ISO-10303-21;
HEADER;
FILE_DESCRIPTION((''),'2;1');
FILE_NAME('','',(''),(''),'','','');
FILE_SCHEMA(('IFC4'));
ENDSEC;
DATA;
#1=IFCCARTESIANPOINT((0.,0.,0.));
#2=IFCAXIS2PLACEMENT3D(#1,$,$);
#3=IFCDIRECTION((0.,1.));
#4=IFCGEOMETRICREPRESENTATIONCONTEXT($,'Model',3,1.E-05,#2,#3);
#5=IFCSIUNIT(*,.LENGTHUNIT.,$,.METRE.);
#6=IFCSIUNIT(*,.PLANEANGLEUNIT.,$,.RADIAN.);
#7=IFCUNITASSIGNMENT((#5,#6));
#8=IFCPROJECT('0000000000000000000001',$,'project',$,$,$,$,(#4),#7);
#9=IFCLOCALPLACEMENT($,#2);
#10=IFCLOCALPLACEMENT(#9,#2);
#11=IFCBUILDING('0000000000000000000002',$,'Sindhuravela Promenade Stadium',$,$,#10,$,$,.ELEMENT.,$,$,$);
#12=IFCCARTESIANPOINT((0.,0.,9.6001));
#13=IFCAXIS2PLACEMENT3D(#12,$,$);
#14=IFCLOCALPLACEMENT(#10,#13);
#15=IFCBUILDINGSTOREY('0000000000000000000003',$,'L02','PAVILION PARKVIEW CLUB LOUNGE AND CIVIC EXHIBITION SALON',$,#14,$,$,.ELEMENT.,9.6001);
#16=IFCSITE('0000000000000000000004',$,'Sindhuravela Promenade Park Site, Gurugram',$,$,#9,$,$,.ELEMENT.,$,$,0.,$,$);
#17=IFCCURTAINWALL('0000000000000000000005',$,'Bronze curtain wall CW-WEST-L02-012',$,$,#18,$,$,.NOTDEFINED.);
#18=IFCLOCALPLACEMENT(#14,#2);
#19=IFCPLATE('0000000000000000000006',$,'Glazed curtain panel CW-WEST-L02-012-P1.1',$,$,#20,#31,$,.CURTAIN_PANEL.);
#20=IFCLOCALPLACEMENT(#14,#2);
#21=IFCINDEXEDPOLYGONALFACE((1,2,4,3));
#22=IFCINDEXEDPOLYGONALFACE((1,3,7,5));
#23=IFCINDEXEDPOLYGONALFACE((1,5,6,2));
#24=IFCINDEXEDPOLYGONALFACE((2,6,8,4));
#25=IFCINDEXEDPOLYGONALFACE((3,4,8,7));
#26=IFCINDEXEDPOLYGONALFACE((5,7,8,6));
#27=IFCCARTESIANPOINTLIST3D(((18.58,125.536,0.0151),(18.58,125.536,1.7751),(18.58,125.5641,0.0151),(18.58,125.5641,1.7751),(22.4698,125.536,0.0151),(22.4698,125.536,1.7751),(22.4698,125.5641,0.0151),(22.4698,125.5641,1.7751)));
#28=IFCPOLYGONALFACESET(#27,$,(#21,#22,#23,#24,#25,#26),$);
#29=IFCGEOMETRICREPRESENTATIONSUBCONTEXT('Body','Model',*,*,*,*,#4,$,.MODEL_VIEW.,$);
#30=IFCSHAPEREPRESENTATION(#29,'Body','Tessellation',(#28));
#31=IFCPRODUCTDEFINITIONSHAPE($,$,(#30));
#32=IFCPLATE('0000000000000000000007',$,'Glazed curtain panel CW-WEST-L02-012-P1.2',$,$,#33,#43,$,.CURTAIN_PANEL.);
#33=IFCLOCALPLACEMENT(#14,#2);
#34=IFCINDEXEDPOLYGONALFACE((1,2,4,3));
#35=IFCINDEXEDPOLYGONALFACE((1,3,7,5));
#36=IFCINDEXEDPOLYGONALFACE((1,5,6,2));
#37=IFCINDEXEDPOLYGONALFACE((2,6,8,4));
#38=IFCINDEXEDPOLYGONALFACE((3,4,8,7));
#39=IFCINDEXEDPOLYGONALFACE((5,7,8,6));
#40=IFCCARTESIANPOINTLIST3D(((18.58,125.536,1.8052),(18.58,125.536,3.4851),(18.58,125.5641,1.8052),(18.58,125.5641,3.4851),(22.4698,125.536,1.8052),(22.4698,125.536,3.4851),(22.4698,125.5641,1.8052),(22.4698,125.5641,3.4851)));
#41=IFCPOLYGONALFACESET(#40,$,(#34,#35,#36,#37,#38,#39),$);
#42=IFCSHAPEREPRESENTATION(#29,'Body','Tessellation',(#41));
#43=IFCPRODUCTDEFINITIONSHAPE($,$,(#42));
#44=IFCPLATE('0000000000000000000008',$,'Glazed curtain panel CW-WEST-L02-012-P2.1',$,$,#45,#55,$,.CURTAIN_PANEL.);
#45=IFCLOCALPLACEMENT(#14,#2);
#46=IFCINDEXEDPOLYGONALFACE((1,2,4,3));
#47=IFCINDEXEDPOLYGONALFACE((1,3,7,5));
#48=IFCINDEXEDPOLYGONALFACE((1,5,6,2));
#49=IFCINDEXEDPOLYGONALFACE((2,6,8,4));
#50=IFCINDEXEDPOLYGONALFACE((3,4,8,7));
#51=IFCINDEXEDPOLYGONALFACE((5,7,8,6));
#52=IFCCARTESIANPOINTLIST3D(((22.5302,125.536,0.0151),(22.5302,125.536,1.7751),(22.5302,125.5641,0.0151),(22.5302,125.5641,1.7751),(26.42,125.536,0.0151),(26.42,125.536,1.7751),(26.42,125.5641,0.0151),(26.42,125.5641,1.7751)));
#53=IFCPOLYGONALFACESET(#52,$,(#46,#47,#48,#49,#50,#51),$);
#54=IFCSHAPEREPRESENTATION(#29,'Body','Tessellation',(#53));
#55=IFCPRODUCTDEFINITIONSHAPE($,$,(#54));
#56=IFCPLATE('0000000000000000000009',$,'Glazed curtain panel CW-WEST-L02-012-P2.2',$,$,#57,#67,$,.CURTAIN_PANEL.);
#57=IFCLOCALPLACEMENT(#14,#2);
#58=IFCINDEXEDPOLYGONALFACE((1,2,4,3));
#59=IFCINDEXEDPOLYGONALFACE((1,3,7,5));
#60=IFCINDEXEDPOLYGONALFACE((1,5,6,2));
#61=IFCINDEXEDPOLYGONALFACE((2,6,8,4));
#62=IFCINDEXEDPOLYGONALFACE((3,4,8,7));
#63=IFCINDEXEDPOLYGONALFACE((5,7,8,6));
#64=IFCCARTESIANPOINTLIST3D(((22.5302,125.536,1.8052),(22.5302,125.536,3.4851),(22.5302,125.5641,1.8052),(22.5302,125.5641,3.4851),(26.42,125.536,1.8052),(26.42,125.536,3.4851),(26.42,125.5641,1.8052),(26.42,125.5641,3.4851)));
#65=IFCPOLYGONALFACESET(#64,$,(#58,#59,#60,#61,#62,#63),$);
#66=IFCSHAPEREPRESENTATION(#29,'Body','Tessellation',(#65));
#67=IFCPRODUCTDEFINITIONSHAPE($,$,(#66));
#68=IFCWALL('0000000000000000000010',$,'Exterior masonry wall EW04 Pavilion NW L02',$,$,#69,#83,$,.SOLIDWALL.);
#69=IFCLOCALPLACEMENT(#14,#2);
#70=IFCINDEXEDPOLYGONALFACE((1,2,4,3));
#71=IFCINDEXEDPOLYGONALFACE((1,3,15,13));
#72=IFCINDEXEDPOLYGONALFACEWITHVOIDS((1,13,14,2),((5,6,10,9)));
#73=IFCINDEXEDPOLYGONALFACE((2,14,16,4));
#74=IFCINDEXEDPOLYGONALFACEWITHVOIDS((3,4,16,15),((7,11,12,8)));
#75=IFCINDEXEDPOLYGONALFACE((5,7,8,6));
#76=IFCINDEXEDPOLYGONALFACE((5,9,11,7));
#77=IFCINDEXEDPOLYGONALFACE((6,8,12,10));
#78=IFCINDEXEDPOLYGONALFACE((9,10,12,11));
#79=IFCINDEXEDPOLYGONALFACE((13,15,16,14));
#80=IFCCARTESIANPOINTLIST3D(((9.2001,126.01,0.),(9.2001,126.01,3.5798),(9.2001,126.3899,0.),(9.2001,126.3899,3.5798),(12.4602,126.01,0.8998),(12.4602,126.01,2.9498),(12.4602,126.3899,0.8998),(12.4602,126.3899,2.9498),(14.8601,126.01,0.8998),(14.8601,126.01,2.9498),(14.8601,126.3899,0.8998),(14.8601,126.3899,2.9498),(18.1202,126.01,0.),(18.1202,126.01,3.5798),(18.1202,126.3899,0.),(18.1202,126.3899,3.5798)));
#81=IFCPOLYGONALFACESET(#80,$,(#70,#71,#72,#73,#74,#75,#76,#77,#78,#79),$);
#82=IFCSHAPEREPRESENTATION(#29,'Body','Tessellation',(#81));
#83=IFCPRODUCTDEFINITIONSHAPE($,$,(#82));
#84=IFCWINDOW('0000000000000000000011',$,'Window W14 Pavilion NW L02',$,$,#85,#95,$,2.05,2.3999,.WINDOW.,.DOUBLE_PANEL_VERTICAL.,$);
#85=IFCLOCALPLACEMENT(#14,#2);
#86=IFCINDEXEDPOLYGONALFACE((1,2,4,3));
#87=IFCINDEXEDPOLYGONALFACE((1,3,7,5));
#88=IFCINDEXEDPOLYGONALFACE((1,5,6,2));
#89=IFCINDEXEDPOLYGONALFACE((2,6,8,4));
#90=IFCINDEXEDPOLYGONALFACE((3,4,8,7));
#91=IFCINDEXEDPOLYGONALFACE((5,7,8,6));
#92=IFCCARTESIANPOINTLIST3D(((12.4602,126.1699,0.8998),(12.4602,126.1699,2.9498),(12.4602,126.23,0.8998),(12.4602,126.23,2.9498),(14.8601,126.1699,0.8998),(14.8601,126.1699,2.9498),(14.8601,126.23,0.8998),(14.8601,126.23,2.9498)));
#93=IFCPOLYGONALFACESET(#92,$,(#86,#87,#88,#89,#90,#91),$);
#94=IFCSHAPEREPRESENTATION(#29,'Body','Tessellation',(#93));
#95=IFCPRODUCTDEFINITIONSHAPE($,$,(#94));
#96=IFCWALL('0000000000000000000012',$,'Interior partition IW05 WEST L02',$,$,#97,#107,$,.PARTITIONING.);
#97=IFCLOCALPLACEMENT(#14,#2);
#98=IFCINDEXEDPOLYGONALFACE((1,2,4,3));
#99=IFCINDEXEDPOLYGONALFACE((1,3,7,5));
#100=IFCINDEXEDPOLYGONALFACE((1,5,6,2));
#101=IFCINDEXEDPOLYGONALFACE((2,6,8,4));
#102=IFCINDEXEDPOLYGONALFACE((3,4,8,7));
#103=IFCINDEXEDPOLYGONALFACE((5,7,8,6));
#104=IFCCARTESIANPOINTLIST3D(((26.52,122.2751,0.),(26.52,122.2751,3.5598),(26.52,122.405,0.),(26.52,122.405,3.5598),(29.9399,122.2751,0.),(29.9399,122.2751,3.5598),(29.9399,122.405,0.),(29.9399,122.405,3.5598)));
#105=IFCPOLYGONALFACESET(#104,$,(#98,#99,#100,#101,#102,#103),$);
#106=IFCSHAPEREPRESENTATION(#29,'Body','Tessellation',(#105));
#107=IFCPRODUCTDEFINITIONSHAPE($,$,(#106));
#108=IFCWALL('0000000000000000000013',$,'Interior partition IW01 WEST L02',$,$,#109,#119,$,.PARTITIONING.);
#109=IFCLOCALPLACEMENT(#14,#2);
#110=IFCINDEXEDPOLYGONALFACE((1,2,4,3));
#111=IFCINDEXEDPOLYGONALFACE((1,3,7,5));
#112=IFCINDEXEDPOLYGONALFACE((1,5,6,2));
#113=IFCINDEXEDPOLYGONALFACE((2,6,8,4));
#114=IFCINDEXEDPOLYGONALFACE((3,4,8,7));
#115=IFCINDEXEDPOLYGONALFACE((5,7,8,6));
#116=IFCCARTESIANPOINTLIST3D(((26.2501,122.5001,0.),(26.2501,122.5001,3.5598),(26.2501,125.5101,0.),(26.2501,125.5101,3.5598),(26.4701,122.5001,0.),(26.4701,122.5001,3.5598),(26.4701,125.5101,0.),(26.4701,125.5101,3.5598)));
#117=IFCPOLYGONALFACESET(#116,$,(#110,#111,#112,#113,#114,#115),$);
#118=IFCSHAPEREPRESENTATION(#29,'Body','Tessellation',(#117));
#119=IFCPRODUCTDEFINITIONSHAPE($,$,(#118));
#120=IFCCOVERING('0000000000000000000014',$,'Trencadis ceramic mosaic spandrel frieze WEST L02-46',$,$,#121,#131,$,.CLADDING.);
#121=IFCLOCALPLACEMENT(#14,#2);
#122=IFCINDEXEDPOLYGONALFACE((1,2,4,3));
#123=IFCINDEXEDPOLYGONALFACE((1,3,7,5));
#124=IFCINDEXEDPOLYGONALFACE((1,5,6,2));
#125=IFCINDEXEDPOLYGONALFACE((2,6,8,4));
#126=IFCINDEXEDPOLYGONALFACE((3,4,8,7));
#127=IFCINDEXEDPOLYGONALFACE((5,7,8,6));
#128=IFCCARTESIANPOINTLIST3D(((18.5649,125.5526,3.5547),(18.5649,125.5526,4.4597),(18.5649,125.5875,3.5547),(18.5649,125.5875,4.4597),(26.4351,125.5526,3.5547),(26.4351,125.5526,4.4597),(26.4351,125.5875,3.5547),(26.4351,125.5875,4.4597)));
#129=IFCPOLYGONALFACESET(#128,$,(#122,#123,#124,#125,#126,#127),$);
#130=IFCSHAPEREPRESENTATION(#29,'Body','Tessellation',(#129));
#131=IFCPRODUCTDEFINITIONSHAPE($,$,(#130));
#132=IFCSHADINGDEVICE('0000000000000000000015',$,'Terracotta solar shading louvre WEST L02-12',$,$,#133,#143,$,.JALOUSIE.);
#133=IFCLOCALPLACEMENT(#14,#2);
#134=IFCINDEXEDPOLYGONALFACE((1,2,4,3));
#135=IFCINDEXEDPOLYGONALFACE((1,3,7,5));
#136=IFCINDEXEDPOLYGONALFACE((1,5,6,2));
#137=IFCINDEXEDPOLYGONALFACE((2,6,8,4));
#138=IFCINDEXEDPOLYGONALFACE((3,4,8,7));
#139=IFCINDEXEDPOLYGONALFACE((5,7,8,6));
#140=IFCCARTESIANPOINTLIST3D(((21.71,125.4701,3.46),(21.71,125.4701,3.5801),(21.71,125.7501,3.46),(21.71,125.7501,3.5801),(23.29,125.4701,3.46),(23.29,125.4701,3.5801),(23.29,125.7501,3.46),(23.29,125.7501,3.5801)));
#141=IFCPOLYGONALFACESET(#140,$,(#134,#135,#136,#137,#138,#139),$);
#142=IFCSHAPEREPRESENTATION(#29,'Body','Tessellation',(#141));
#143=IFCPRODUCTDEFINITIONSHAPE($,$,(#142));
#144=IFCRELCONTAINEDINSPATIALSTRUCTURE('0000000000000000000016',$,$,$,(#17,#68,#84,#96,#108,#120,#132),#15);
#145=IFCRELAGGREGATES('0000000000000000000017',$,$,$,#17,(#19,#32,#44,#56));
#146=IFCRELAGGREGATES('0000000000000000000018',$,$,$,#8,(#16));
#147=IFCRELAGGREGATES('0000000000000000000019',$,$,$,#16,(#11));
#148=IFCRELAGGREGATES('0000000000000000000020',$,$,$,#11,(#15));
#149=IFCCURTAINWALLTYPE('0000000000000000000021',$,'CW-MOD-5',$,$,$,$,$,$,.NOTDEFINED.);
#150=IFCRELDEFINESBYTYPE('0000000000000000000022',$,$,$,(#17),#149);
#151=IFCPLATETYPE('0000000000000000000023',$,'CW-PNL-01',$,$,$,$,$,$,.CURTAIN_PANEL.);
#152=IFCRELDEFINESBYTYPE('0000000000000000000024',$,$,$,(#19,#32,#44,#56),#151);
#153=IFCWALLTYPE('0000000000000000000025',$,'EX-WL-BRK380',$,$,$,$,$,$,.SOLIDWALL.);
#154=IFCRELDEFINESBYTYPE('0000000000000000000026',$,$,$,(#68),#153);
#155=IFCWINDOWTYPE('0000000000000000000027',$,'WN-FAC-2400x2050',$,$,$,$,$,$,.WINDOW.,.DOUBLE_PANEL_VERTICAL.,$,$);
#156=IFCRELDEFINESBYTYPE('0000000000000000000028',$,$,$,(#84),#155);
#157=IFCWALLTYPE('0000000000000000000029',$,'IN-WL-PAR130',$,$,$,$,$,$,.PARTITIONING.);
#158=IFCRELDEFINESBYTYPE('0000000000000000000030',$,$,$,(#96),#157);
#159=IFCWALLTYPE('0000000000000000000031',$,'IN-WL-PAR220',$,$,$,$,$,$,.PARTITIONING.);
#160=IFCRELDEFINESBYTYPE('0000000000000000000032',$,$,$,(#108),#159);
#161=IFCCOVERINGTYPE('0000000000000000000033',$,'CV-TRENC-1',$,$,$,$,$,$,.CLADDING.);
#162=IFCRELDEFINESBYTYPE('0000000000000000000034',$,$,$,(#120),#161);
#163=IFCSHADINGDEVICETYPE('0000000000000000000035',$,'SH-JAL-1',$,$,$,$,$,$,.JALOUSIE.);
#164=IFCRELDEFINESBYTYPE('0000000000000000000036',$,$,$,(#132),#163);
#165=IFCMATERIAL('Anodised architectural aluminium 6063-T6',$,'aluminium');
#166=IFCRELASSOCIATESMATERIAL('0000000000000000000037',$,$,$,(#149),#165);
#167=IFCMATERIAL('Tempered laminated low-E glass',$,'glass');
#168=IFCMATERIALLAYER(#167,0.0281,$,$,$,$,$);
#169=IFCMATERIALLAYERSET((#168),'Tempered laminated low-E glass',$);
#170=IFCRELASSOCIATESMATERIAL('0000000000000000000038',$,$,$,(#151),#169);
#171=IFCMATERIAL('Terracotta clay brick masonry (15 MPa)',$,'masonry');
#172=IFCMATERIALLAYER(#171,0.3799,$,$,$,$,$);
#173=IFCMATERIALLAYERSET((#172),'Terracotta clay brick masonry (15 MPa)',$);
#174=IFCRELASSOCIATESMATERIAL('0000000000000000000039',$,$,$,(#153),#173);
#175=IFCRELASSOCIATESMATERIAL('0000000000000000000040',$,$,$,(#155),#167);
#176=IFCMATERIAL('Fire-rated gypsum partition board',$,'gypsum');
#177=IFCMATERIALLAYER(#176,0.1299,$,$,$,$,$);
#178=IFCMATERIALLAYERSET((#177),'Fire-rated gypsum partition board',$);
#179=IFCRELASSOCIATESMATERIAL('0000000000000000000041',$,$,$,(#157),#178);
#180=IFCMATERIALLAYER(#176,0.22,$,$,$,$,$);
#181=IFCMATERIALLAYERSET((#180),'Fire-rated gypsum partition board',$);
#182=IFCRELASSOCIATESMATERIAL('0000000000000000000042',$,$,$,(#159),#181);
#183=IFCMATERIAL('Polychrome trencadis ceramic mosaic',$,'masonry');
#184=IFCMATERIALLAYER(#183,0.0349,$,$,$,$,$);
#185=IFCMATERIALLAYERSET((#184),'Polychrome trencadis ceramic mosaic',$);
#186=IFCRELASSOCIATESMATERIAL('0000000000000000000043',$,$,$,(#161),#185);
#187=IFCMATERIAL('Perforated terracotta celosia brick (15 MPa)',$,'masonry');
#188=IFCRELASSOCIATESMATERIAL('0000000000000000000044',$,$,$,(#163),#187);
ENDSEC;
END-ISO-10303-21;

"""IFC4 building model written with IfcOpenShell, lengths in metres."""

from ifc_helpers import new_model, si_unit, direction, frame, frame_2d, origin, origin_2d, place, context, subcontext, project, spatial, rectangle, extrude, material, layer, layer_set, type_object, element, fill, aggregate, save


model = new_model("IFC4")

# Units and contexts
model_context = context("Model", 3, precision=1e-05, world=origin(), true_north=direction((0.0, 1.0)))
body_context = subcontext(model_context, "Body", "Model", "MODEL_VIEW")
ifc_project = project(units=[si_unit("LENGTHUNIT", "METRE"), si_unit("PLANEANGLEUNIT", "RADIAN")], contexts=[model_context])

# Site, building, storey
site_placement = place(None, origin())
site = spatial("IfcSite", under=ifc_project, at=site_placement, Name="Sindhuravela Promenade Park Site, Gurugram", CompositionType="ELEMENT", RefElevation=0.0)
building_placement = place(site_placement, origin())
building = spatial("IfcBuilding", under=site, at=building_placement, Name="Sindhuravela Promenade Stadium", CompositionType="ELEMENT")
storey_placement = place(building_placement, frame((0.0, 0.0, 9.6001)))
storey = spatial("IfcBuildingStorey", under=building, at=storey_placement, Name="L02", Description="PAVILION PARKVIEW CLUB LOUNGE AND CIVIC EXHIBITION SALON", CompositionType="ELEMENT", Elevation=9.6001)

# Curtain wall
ifc_material_1 = material(Name="Anodised architectural aluminium 6063-T6", Category="aluminium")
curtain_wall_type = type_object("IfcCurtainWallType", Name="CW-MOD-5", PredefinedType="NOTDEFINED", material=ifc_material_1)
curtain_wall_placement = place(storey_placement, origin())
curtain_wall = element("IfcCurtainWall", 1, at=curtain_wall_placement, inside=storey, type_object=curtain_wall_type, Name="Bronze curtain wall CW-WEST-L02-012", PredefinedType="NOTDEFINED")

# Shared definitions
ifc_material_2 = material(Name="Perforated terracotta celosia brick (15 MPa)", Category="masonry")

# Plates
ifc_material_3 = material(Name="Tempered laminated low-E glass", Category="glass")
ifc_layer_1 = layer(ifc_material_3, 0.0281)
ifc_layer_set_1 = layer_set([ifc_layer_1], Name="Tempered laminated low-E glass")
plate_type_1 = type_object("IfcPlateType", Name="CW-PNL-01", PredefinedType="CURTAIN_PANEL", material=ifc_layer_set_1)
plate_1_placement = place(storey_placement, frame((20.5249, 125.55, 0.0151), z_axis=(0.0, 0.0, 1.0), x_axis=(1.0, 0.0, 0.0)))
plate_1 = element("IfcPlate", 2, at=plate_1_placement, type_object=plate_type_1, Name="Glazed curtain panel CW-WEST-L02-012-P1.1", PredefinedType="CURTAIN_PANEL", context=body_context, shape_type="SweptSolid", body=[
    extrude(rectangle(XDim=3.8899, YDim=0.0281, at=origin_2d()), origin(), (0.0, 0.0, 1.0), 1.76),
])
plate_2_placement = place(storey_placement, frame((20.5249, 125.55, 1.8052), z_axis=(0.0, 0.0, 1.0), x_axis=(1.0, 0.0, 0.0)))
plate_2 = element("IfcPlate", 3, at=plate_2_placement, type_object=plate_type_1, Name="Glazed curtain panel CW-WEST-L02-012-P1.2", PredefinedType="CURTAIN_PANEL", context=body_context, shape_type="SweptSolid", body=[
    extrude(rectangle(XDim=3.8899, YDim=0.0281, at=origin_2d()), origin(), (0.0, 0.0, 1.0), 1.6799),
])
plate_3_placement = place(storey_placement, frame((24.4751, 125.55, 0.0151), z_axis=(0.0, 0.0, 1.0), x_axis=(1.0, 0.0, 0.0)))
plate_3 = element("IfcPlate", 4, at=plate_3_placement, type_object=plate_type_1, Name="Glazed curtain panel CW-WEST-L02-012-P2.1", PredefinedType="CURTAIN_PANEL", context=body_context, shape_type="SweptSolid", body=[
    extrude(rectangle(XDim=3.8899, YDim=0.0281, at=origin_2d()), origin(), (0.0, 0.0, 1.0), 1.76),
])
plate_4_placement = place(storey_placement, frame((24.4751, 125.55, 1.8052), z_axis=(0.0, 0.0, 1.0), x_axis=(1.0, 0.0, 0.0)))
plate_4 = element("IfcPlate", 5, at=plate_4_placement, type_object=plate_type_1, Name="Glazed curtain panel CW-WEST-L02-012-P2.2", PredefinedType="CURTAIN_PANEL", context=body_context, shape_type="SweptSolid", body=[
    extrude(rectangle(XDim=3.8899, YDim=0.0281, at=origin_2d()), origin(), (0.0, 0.0, 1.0), 1.6799),
])
aggregate(curtain_wall, [plate_1, plate_2, plate_3, plate_4])

# Wall, opening, window
ifc_material_4 = material(Name="Terracotta clay brick masonry (15 MPa)", Category="masonry")
ifc_layer_2 = layer(ifc_material_4, 0.3799)
ifc_layer_set_2 = layer_set([ifc_layer_2], Name="Terracotta clay brick masonry (15 MPa)")
wall_type_1 = type_object("IfcWallType", Name="EX-WL-BRK380", PredefinedType="SOLIDWALL", material=ifc_layer_set_2)
wall_1_placement = place(storey_placement, frame((18.1201, 126.2, 0.0), z_axis=(0.0, 0.0, 1.0), x_axis=(-1.0, 0.0, 0.0)))
wall_1 = element("IfcWall", 6, at=wall_1_placement, inside=storey, type_object=wall_type_1, Name="Exterior masonry wall EW04 Pavilion NW L02", PredefinedType="SOLIDWALL", context=body_context, shape_type="SweptSolid", body=[
    extrude(rectangle(XDim=8.9202, YDim=0.3799, at=frame_2d((4.46, 0.0))), origin(), (0.0, 0.0, 1.0), 3.5798),
])
opening_placement = place(wall_1_placement, frame((3.26, 0.0, 0.8999)))
opening = element("IfcOpeningElement", 7, at=opening_placement, cuts=wall_1, PredefinedType="OPENING", context=body_context, shape_type="SweptSolid", body=[
    extrude(rectangle(XDim=2.3999, YDim=2.05, at=frame_2d((1.2, 1.0249))), frame((0.0, 0.2, 0.0), z_axis=(0.0, -1.0, 0.0), x_axis=(1.0, 0.0, 0.0)), (0.0, 0.0, 1.0), 0.3999),
])
window_type = type_object("IfcWindowType", Name="WN-FAC-2400x2050", PartitioningType="DOUBLE_PANEL_VERTICAL", PredefinedType="WINDOW", material=ifc_material_3)
window_placement = place(opening_placement, origin())
window = element("IfcWindow", 8, at=window_placement, inside=storey, type_object=window_type, Name="Window W14 Pavilion NW L02", OverallHeight=2.05, OverallWidth=2.3999, PartitioningType="DOUBLE_PANEL_VERTICAL", PredefinedType="WINDOW", context=body_context, shape_type="SweptSolid", body=[
    extrude(rectangle(XDim=2.3999, YDim=2.05, at=frame_2d((1.2, 1.0249))), frame((0.0, 0.03, 0.0), z_axis=(0.0, -1.0, 0.0), x_axis=(1.0, 0.0, 0.0)), (0.0, 0.0, 1.0), 0.0601),
])
fill(opening, window)

# Walls
ifc_material_5 = material(Name="Fire-rated gypsum partition board", Category="gypsum")
ifc_layer_3 = layer(ifc_material_5, 0.1299)
ifc_layer_set_3 = layer_set([ifc_layer_3], Name="Fire-rated gypsum partition board")
wall_type_2 = type_object("IfcWallType", Name="IN-WL-PAR130", PredefinedType="PARTITIONING", material=ifc_layer_set_3)
wall_2_placement = place(storey_placement, frame((26.52, 122.3401, 0.0), z_axis=(0.0, 0.0, 1.0), x_axis=(1.0, 0.0, 0.0)))
element("IfcWall", 9, at=wall_2_placement, inside=storey, type_object=wall_type_2, Name="Interior partition IW05 WEST L02", PredefinedType="PARTITIONING", context=body_context, shape_type="SweptSolid", body=[
    extrude(rectangle(XDim=3.4199, YDim=0.1299, at=frame_2d((1.71, 0.0))), origin(), (0.0, 0.0, 1.0), 3.5598),
])
ifc_layer_4 = layer(ifc_material_5, 0.22)
ifc_layer_set_4 = layer_set([ifc_layer_4], Name="Fire-rated gypsum partition board")
wall_type_3 = type_object("IfcWallType", Name="IN-WL-PAR220", PredefinedType="PARTITIONING", material=ifc_layer_set_4)
wall_3_placement = place(storey_placement, frame((26.3601, 125.51, 0.0), z_axis=(0.0, 0.0, 1.0), x_axis=(0.0, -1.0, 0.0)))
element("IfcWall", 10, at=wall_3_placement, inside=storey, type_object=wall_type_3, Name="Interior partition IW01 WEST L02", PredefinedType="PARTITIONING", context=body_context, shape_type="SweptSolid", body=[
    extrude(rectangle(XDim=3.01, YDim=0.22, at=frame_2d((1.5049, 0.0))), origin(), (0.0, 0.0, 1.0), 3.5598),
])

# Covering
ifc_material_6 = material(Name="Polychrome trencadis ceramic mosaic", Category="masonry")
ifc_layer_5 = layer(ifc_material_6, 0.0349)
ifc_layer_set_5 = layer_set([ifc_layer_5], Name="Polychrome trencadis ceramic mosaic")
covering_type = type_object("IfcCoveringType", Name="CV-TRENC-1", PredefinedType="CLADDING", material=ifc_layer_set_5)
covering_placement = place(storey_placement, frame((22.5, 125.5701, 3.5547), z_axis=(0.0, 0.0, 1.0), x_axis=(1.0, 0.0, 0.0)))
element("IfcCovering", 11, at=covering_placement, inside=storey, type_object=covering_type, Name="Trencadis ceramic mosaic spandrel frieze WEST L02-46", PredefinedType="CLADDING", context=body_context, shape_type="SweptSolid", body=[
    extrude(rectangle(XDim=7.8701, YDim=0.0349, at=origin_2d()), origin(), (0.0, 0.0, 1.0), 0.905),
])

# Shading device
shading_device_type = type_object("IfcShadingDeviceType", Name="SH-JAL-1", PredefinedType="JALOUSIE", material=ifc_material_2)
shading_device_placement = place(storey_placement, frame((22.5, 125.6101, 3.46), z_axis=(0.0, 0.0, 1.0), x_axis=(1.0, 0.0, 0.0)))
element("IfcShadingDevice", 12, at=shading_device_placement, inside=storey, type_object=shading_device_type, Name="Terracotta solar shading louvre WEST L02-12", PredefinedType="JALOUSIE", context=body_context, shape_type="SweptSolid", body=[
    extrude(rectangle(XDim=1.5801, YDim=0.28, at=origin_2d()), origin(), (0.0, 0.0, 1.0), 0.1201),
])

save(model, "model.ifc")
